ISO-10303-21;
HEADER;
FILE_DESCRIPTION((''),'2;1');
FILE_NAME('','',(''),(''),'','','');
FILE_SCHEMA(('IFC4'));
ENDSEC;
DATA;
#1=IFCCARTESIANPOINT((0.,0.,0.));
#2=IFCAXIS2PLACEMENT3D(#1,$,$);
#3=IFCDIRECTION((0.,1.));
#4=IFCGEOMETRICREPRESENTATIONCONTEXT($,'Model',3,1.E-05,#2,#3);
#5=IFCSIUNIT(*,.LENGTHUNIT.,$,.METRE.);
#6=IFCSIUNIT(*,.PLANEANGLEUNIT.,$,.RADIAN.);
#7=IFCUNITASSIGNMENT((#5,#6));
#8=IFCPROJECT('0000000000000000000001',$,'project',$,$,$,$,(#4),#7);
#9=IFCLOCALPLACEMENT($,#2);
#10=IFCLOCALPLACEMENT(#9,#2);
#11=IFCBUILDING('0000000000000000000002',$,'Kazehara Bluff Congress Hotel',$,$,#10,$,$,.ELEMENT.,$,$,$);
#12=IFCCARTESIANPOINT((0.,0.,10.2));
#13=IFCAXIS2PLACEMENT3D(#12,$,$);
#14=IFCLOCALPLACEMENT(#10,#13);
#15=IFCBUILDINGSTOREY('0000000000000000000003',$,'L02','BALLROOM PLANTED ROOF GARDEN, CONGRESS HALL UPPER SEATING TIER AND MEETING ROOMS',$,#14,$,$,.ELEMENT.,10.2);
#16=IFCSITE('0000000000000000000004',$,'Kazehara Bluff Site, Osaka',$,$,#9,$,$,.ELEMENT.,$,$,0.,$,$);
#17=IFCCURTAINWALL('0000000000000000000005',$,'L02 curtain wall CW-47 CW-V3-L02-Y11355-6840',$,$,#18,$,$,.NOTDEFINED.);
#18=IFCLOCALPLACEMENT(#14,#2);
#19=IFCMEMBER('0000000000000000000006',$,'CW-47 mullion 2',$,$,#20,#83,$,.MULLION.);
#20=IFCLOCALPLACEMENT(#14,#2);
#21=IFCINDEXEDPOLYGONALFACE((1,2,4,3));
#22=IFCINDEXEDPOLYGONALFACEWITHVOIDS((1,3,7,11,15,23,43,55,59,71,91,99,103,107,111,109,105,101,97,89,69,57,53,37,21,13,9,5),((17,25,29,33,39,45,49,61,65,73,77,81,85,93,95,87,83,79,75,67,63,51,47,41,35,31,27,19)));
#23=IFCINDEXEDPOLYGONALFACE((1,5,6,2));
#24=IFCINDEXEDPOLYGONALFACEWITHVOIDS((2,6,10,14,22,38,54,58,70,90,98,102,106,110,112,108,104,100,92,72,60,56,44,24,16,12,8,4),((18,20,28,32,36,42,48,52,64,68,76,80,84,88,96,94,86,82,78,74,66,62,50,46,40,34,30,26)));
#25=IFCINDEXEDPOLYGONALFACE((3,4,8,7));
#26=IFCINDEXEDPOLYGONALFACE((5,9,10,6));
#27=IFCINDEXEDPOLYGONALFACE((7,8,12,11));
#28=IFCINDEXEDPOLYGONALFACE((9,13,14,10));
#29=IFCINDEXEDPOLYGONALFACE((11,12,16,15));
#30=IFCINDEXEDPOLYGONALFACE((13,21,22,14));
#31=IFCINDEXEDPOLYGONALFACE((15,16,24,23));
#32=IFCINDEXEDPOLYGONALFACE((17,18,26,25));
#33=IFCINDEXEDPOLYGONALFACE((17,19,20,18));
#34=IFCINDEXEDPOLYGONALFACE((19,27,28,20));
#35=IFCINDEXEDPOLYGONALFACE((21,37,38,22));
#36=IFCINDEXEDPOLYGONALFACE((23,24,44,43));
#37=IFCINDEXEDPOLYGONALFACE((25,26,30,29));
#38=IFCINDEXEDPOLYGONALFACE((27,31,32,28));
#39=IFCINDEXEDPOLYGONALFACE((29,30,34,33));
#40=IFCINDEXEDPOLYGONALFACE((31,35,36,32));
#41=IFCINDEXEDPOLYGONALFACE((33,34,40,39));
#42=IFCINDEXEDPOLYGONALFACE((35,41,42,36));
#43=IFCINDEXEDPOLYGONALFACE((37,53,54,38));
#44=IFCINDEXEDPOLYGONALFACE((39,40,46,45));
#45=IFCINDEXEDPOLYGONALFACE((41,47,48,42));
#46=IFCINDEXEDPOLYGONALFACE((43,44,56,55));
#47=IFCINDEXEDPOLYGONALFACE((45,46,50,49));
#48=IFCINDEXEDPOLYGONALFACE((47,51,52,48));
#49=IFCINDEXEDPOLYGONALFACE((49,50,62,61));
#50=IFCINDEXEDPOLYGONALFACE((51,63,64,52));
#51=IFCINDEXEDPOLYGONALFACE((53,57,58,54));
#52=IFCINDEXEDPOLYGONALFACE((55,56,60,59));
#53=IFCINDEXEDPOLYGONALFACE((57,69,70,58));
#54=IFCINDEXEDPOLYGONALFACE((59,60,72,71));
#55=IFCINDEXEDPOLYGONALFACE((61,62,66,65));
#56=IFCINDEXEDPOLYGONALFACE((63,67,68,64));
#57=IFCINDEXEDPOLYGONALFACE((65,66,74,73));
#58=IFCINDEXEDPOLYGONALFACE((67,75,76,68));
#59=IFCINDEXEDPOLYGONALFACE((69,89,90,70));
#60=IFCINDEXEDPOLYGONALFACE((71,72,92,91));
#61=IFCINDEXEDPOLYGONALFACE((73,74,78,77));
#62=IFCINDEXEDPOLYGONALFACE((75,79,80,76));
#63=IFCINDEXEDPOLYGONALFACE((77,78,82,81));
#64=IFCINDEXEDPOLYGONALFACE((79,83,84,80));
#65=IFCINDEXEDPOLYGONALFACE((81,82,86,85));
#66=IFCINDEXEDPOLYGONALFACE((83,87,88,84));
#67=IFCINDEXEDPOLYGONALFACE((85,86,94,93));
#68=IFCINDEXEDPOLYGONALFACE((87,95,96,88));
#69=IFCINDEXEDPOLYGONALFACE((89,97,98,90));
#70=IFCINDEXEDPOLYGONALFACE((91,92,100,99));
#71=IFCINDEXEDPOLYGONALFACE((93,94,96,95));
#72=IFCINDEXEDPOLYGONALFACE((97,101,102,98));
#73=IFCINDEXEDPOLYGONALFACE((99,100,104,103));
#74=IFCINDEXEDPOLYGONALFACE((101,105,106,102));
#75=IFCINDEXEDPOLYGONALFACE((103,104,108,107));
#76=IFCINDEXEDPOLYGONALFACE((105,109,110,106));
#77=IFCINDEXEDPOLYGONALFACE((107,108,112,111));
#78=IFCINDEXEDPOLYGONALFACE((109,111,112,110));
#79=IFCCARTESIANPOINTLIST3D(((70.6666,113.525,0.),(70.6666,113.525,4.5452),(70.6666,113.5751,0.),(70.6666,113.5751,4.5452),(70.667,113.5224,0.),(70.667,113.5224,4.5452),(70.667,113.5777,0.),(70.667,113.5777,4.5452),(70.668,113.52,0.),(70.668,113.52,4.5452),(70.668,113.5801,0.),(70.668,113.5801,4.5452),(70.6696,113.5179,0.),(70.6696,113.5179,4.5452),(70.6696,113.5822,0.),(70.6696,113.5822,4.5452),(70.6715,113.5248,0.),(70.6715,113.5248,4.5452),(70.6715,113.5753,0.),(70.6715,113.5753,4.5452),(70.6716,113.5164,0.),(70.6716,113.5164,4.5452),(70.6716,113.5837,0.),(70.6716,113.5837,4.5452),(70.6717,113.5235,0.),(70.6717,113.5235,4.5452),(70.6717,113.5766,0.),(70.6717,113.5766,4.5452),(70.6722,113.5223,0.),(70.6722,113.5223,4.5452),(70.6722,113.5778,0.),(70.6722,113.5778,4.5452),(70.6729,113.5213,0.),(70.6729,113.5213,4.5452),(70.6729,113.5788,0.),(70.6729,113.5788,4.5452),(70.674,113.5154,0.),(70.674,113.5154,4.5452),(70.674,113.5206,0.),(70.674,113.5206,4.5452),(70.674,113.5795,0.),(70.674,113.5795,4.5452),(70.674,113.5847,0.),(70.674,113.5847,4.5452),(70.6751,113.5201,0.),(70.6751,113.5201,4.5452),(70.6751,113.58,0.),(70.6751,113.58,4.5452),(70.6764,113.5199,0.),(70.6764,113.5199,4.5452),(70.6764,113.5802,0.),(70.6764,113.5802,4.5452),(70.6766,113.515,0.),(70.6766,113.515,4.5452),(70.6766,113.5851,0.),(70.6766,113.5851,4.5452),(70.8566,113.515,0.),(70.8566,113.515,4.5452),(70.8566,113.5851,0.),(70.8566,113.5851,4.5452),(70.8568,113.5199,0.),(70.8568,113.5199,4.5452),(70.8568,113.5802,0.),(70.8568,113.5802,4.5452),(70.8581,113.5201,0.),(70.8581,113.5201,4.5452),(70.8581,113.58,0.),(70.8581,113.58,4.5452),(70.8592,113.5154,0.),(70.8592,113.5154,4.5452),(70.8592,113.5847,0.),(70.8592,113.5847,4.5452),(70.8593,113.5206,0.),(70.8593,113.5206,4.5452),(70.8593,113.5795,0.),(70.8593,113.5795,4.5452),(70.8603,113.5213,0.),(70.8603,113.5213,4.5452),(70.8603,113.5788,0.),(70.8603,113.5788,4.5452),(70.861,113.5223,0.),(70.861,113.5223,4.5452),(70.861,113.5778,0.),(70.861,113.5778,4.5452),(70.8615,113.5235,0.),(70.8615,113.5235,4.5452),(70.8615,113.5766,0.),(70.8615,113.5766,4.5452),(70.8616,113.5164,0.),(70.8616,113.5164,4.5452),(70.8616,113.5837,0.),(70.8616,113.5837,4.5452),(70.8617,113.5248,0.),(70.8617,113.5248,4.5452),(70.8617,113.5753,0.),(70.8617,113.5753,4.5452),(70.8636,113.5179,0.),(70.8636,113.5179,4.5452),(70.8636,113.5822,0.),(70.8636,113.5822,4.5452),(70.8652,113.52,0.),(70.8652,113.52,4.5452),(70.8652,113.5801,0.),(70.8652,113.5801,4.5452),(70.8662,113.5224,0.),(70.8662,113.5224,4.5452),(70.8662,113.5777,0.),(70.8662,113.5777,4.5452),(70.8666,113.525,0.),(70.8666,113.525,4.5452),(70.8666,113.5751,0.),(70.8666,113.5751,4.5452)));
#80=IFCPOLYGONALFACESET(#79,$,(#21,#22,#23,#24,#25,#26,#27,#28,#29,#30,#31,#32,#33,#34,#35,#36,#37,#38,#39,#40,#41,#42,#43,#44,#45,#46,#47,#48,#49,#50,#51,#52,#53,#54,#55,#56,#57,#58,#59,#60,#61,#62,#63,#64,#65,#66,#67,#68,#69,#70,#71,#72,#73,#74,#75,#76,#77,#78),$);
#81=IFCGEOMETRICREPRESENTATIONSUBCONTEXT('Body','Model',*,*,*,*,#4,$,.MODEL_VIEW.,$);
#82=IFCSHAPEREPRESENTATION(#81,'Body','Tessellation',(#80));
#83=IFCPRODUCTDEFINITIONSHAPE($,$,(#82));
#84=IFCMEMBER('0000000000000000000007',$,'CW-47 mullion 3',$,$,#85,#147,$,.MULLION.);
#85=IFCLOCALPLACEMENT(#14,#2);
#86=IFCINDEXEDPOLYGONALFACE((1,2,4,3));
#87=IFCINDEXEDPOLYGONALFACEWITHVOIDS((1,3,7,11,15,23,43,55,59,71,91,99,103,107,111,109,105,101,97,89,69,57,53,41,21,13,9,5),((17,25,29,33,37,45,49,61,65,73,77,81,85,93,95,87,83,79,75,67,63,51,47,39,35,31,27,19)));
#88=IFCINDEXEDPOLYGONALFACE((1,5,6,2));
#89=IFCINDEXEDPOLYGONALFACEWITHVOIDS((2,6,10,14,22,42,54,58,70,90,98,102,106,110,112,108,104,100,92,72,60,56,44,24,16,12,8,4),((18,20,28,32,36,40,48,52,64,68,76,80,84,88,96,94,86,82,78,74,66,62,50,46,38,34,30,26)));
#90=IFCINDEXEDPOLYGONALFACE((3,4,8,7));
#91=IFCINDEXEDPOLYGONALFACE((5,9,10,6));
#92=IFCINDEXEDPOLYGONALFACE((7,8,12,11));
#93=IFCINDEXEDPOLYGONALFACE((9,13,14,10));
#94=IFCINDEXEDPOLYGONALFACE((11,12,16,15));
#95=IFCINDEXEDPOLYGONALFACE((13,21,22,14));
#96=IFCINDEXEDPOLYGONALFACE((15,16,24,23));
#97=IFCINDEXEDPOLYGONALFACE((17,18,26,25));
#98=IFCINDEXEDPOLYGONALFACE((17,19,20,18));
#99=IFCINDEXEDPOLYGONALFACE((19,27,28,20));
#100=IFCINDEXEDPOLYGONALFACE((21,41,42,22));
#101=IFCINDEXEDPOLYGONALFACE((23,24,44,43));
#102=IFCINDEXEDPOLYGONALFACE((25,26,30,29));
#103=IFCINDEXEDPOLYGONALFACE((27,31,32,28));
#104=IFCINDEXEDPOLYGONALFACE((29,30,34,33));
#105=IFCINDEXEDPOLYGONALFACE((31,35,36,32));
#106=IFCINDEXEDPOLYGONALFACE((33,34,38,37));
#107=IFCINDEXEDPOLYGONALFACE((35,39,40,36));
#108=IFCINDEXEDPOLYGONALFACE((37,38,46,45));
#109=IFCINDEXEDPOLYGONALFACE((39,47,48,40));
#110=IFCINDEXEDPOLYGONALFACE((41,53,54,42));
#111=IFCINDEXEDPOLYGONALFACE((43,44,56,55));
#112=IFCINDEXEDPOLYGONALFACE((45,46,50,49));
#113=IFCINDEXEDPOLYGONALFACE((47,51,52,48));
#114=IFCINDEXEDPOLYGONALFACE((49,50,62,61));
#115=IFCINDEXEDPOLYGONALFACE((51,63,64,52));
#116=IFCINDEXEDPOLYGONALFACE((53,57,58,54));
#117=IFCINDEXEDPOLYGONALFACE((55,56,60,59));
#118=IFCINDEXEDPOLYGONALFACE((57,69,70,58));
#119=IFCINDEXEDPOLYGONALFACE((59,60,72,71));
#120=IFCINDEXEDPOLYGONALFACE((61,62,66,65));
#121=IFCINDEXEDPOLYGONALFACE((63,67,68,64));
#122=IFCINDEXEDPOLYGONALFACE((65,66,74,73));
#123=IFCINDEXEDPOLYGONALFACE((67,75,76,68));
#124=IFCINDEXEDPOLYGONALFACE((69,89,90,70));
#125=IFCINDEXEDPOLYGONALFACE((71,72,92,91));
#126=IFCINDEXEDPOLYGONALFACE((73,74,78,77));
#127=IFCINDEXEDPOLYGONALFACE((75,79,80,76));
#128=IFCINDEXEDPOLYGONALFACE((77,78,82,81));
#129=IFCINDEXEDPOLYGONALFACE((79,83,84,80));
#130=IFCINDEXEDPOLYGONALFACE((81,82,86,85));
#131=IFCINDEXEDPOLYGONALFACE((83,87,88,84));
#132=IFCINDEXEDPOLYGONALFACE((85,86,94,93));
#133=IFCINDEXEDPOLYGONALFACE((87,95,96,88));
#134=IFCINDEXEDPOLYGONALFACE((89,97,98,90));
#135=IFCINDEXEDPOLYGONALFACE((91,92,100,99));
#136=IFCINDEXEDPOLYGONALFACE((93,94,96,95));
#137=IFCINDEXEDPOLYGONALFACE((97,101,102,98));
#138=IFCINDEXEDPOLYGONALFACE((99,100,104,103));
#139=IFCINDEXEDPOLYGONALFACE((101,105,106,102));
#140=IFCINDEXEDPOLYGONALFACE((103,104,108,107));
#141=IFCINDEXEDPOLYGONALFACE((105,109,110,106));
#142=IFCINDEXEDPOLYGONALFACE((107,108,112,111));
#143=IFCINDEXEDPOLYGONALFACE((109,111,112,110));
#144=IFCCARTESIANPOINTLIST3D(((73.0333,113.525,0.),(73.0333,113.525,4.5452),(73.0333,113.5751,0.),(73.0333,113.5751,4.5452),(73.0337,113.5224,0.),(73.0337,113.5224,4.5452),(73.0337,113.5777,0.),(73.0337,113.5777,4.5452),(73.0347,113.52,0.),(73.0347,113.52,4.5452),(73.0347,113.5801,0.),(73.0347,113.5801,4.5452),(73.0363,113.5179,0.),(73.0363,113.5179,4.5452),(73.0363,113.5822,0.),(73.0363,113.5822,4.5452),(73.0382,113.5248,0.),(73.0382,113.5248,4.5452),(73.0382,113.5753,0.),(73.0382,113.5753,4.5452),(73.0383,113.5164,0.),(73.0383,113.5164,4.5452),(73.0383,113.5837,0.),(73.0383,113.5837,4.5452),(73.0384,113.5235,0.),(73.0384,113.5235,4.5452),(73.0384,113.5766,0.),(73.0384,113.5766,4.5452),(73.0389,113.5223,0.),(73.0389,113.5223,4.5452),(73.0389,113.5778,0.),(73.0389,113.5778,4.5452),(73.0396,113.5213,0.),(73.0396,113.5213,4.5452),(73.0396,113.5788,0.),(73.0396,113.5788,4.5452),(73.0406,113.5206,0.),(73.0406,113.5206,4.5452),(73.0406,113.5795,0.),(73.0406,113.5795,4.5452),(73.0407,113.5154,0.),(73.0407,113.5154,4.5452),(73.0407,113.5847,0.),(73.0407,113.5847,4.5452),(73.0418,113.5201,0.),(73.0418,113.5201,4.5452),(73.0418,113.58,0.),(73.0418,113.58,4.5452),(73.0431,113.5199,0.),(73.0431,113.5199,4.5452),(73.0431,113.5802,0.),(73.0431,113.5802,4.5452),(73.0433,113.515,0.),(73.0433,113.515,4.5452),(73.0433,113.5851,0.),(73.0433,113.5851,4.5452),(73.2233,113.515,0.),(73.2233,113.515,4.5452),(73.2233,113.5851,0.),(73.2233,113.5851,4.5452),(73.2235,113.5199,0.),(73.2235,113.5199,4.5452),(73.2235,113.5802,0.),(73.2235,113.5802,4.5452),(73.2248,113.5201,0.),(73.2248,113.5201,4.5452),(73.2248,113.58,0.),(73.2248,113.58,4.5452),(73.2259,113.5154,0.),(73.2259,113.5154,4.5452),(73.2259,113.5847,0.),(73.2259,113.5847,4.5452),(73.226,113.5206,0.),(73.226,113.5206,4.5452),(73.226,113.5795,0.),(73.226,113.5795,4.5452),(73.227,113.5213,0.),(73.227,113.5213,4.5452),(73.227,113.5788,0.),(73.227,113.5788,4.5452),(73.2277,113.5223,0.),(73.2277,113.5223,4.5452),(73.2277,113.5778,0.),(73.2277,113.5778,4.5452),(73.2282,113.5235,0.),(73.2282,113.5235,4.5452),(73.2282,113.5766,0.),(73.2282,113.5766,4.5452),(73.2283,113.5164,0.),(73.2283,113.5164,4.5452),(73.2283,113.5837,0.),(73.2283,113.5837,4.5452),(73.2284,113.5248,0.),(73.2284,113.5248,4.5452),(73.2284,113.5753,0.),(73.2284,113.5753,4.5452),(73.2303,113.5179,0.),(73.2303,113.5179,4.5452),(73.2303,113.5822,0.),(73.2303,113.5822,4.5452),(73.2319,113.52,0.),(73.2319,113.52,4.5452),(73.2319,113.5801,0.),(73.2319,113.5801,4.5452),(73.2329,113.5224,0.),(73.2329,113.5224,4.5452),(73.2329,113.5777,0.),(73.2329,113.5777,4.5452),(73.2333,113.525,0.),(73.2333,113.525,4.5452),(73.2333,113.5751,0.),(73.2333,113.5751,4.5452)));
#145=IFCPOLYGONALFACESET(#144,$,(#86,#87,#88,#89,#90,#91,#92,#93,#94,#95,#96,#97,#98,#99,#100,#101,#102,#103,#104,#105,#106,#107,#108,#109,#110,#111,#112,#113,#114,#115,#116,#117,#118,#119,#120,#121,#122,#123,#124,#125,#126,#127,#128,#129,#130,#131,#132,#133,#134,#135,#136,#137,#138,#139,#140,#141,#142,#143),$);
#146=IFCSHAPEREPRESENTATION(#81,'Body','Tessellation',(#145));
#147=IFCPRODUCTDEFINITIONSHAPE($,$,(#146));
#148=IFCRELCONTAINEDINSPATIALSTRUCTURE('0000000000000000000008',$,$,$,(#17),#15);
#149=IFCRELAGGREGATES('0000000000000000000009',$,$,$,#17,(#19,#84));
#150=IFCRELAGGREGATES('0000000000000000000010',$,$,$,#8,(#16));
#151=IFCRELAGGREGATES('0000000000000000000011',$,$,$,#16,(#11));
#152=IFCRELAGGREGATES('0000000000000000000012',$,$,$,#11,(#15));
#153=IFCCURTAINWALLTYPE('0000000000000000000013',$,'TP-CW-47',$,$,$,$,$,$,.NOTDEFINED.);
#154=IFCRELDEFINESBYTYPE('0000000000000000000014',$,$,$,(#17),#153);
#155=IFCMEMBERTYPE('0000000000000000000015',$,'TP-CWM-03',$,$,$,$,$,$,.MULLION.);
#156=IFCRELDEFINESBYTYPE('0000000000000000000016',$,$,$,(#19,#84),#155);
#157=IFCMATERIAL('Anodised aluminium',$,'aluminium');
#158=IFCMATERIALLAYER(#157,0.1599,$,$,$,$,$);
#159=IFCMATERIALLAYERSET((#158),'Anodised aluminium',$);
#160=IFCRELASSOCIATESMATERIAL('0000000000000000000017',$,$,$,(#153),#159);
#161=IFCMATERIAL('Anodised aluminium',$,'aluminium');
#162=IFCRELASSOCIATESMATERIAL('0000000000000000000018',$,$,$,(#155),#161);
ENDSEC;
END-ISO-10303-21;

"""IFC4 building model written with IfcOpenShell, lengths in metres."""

from ifc_helpers import new_model, si_unit, direction, frame, origin, origin_2d, place, context, subcontext, project, spatial, hollow_rectangle, extrude, material, layer, layer_set, material_profile, profile_set, type_object, element, aggregate, save


model = new_model("IFC4")

# Units and contexts
model_context = context("Model", 3, precision=1e-05, world=origin(), true_north=direction((0.0, 1.0)))
body_context = subcontext(model_context, "Body", "Model", "MODEL_VIEW")
ifc_project = project(units=[si_unit("LENGTHUNIT", "METRE"), si_unit("PLANEANGLEUNIT", "RADIAN")], contexts=[model_context])

# Site, building, storey
site_placement = place(None, origin())
site = spatial("IfcSite", under=ifc_project, at=site_placement, Name="Kazehara Bluff Site, Osaka", CompositionType="ELEMENT", RefElevation=0.0)
building_placement = place(site_placement, origin())
building = spatial("IfcBuilding", under=site, at=building_placement, Name="Kazehara Bluff Congress Hotel", CompositionType="ELEMENT")
storey_placement = place(building_placement, frame((0.0, 0.0, 10.2)))
storey = spatial("IfcBuildingStorey", under=building, at=storey_placement, Name="L02", Description="BALLROOM PLANTED ROOF GARDEN, CONGRESS HALL UPPER SEATING TIER AND MEETING ROOMS", CompositionType="ELEMENT", Elevation=10.2)

# Curtain wall, members
ifc_material_1 = material(Name="Anodised aluminium", Category="aluminium")
ifc_layer_1 = layer(ifc_material_1, 0.1599)
ifc_layer_set_1 = layer_set([ifc_layer_1], Name="Anodised aluminium")
curtain_wall_type = type_object("IfcCurtainWallType", Name="TP-CW-47", PredefinedType="NOTDEFINED", material=ifc_layer_set_1)
curtain_wall_placement = place(storey_placement, origin())
curtain_wall = element("IfcCurtainWall", 1, at=curtain_wall_placement, inside=storey, type_object=curtain_wall_type, Name="L02 curtain wall CW-47 CW-V3-L02-Y11355-6840", PredefinedType="NOTDEFINED")
ifc_material_2 = material(Name="Anodised aluminium", Category="aluminium")
ifc_material_profile_1 = material_profile(ifc_material_2, hollow_rectangle(XDim=0.0701, YDim=0.2, WallThickness=0.0049, InnerFilletRadius=0.0049, OuterFilletRadius=0.01, at=origin_2d()))
ifc_profile_set_1 = profile_set([ifc_material_profile_1], Name="Anodised aluminium")
member_type_1 = type_object("IfcMemberType", Name="TP-CWM-03", PredefinedType="MULLION", material=ifc_profile_set_1)
member_1_placement = place(storey_placement, frame((70.7666, 113.55, 0.0), z_axis=(0.0, 0.0, 1.0), x_axis=(0.0, 1.0, 0.0)))
member_1 = element("IfcMember", 2, at=member_1_placement, type_object=member_type_1, Name="CW-47 mullion 2", PredefinedType="MULLION", context=body_context, shape_type="SweptSolid", body=[
    extrude(hollow_rectangle(XDim=0.0701, YDim=0.2, WallThickness=0.0049, InnerFilletRadius=0.0049, OuterFilletRadius=0.01, at=origin_2d()), origin(), (0.0, 0.0, 1.0), 4.5452),
])
member_2_placement = place(storey_placement, frame((73.1333, 113.55, 0.0), z_axis=(0.0, 0.0, 1.0), x_axis=(0.0, 1.0, 0.0)))
member_2 = element("IfcMember", 3, at=member_2_placement, type_object=member_type_1, Name="CW-47 mullion 3", PredefinedType="MULLION", context=body_context, shape_type="SweptSolid", body=[
    extrude(hollow_rectangle(XDim=0.0701, YDim=0.2, WallThickness=0.0049, InnerFilletRadius=0.0049, OuterFilletRadius=0.01, at=origin_2d()), origin(), (0.0, 0.0, 1.0), 4.5452),
])
aggregate(curtain_wall, [member_1, member_2])

save(model, "model.ifc")
